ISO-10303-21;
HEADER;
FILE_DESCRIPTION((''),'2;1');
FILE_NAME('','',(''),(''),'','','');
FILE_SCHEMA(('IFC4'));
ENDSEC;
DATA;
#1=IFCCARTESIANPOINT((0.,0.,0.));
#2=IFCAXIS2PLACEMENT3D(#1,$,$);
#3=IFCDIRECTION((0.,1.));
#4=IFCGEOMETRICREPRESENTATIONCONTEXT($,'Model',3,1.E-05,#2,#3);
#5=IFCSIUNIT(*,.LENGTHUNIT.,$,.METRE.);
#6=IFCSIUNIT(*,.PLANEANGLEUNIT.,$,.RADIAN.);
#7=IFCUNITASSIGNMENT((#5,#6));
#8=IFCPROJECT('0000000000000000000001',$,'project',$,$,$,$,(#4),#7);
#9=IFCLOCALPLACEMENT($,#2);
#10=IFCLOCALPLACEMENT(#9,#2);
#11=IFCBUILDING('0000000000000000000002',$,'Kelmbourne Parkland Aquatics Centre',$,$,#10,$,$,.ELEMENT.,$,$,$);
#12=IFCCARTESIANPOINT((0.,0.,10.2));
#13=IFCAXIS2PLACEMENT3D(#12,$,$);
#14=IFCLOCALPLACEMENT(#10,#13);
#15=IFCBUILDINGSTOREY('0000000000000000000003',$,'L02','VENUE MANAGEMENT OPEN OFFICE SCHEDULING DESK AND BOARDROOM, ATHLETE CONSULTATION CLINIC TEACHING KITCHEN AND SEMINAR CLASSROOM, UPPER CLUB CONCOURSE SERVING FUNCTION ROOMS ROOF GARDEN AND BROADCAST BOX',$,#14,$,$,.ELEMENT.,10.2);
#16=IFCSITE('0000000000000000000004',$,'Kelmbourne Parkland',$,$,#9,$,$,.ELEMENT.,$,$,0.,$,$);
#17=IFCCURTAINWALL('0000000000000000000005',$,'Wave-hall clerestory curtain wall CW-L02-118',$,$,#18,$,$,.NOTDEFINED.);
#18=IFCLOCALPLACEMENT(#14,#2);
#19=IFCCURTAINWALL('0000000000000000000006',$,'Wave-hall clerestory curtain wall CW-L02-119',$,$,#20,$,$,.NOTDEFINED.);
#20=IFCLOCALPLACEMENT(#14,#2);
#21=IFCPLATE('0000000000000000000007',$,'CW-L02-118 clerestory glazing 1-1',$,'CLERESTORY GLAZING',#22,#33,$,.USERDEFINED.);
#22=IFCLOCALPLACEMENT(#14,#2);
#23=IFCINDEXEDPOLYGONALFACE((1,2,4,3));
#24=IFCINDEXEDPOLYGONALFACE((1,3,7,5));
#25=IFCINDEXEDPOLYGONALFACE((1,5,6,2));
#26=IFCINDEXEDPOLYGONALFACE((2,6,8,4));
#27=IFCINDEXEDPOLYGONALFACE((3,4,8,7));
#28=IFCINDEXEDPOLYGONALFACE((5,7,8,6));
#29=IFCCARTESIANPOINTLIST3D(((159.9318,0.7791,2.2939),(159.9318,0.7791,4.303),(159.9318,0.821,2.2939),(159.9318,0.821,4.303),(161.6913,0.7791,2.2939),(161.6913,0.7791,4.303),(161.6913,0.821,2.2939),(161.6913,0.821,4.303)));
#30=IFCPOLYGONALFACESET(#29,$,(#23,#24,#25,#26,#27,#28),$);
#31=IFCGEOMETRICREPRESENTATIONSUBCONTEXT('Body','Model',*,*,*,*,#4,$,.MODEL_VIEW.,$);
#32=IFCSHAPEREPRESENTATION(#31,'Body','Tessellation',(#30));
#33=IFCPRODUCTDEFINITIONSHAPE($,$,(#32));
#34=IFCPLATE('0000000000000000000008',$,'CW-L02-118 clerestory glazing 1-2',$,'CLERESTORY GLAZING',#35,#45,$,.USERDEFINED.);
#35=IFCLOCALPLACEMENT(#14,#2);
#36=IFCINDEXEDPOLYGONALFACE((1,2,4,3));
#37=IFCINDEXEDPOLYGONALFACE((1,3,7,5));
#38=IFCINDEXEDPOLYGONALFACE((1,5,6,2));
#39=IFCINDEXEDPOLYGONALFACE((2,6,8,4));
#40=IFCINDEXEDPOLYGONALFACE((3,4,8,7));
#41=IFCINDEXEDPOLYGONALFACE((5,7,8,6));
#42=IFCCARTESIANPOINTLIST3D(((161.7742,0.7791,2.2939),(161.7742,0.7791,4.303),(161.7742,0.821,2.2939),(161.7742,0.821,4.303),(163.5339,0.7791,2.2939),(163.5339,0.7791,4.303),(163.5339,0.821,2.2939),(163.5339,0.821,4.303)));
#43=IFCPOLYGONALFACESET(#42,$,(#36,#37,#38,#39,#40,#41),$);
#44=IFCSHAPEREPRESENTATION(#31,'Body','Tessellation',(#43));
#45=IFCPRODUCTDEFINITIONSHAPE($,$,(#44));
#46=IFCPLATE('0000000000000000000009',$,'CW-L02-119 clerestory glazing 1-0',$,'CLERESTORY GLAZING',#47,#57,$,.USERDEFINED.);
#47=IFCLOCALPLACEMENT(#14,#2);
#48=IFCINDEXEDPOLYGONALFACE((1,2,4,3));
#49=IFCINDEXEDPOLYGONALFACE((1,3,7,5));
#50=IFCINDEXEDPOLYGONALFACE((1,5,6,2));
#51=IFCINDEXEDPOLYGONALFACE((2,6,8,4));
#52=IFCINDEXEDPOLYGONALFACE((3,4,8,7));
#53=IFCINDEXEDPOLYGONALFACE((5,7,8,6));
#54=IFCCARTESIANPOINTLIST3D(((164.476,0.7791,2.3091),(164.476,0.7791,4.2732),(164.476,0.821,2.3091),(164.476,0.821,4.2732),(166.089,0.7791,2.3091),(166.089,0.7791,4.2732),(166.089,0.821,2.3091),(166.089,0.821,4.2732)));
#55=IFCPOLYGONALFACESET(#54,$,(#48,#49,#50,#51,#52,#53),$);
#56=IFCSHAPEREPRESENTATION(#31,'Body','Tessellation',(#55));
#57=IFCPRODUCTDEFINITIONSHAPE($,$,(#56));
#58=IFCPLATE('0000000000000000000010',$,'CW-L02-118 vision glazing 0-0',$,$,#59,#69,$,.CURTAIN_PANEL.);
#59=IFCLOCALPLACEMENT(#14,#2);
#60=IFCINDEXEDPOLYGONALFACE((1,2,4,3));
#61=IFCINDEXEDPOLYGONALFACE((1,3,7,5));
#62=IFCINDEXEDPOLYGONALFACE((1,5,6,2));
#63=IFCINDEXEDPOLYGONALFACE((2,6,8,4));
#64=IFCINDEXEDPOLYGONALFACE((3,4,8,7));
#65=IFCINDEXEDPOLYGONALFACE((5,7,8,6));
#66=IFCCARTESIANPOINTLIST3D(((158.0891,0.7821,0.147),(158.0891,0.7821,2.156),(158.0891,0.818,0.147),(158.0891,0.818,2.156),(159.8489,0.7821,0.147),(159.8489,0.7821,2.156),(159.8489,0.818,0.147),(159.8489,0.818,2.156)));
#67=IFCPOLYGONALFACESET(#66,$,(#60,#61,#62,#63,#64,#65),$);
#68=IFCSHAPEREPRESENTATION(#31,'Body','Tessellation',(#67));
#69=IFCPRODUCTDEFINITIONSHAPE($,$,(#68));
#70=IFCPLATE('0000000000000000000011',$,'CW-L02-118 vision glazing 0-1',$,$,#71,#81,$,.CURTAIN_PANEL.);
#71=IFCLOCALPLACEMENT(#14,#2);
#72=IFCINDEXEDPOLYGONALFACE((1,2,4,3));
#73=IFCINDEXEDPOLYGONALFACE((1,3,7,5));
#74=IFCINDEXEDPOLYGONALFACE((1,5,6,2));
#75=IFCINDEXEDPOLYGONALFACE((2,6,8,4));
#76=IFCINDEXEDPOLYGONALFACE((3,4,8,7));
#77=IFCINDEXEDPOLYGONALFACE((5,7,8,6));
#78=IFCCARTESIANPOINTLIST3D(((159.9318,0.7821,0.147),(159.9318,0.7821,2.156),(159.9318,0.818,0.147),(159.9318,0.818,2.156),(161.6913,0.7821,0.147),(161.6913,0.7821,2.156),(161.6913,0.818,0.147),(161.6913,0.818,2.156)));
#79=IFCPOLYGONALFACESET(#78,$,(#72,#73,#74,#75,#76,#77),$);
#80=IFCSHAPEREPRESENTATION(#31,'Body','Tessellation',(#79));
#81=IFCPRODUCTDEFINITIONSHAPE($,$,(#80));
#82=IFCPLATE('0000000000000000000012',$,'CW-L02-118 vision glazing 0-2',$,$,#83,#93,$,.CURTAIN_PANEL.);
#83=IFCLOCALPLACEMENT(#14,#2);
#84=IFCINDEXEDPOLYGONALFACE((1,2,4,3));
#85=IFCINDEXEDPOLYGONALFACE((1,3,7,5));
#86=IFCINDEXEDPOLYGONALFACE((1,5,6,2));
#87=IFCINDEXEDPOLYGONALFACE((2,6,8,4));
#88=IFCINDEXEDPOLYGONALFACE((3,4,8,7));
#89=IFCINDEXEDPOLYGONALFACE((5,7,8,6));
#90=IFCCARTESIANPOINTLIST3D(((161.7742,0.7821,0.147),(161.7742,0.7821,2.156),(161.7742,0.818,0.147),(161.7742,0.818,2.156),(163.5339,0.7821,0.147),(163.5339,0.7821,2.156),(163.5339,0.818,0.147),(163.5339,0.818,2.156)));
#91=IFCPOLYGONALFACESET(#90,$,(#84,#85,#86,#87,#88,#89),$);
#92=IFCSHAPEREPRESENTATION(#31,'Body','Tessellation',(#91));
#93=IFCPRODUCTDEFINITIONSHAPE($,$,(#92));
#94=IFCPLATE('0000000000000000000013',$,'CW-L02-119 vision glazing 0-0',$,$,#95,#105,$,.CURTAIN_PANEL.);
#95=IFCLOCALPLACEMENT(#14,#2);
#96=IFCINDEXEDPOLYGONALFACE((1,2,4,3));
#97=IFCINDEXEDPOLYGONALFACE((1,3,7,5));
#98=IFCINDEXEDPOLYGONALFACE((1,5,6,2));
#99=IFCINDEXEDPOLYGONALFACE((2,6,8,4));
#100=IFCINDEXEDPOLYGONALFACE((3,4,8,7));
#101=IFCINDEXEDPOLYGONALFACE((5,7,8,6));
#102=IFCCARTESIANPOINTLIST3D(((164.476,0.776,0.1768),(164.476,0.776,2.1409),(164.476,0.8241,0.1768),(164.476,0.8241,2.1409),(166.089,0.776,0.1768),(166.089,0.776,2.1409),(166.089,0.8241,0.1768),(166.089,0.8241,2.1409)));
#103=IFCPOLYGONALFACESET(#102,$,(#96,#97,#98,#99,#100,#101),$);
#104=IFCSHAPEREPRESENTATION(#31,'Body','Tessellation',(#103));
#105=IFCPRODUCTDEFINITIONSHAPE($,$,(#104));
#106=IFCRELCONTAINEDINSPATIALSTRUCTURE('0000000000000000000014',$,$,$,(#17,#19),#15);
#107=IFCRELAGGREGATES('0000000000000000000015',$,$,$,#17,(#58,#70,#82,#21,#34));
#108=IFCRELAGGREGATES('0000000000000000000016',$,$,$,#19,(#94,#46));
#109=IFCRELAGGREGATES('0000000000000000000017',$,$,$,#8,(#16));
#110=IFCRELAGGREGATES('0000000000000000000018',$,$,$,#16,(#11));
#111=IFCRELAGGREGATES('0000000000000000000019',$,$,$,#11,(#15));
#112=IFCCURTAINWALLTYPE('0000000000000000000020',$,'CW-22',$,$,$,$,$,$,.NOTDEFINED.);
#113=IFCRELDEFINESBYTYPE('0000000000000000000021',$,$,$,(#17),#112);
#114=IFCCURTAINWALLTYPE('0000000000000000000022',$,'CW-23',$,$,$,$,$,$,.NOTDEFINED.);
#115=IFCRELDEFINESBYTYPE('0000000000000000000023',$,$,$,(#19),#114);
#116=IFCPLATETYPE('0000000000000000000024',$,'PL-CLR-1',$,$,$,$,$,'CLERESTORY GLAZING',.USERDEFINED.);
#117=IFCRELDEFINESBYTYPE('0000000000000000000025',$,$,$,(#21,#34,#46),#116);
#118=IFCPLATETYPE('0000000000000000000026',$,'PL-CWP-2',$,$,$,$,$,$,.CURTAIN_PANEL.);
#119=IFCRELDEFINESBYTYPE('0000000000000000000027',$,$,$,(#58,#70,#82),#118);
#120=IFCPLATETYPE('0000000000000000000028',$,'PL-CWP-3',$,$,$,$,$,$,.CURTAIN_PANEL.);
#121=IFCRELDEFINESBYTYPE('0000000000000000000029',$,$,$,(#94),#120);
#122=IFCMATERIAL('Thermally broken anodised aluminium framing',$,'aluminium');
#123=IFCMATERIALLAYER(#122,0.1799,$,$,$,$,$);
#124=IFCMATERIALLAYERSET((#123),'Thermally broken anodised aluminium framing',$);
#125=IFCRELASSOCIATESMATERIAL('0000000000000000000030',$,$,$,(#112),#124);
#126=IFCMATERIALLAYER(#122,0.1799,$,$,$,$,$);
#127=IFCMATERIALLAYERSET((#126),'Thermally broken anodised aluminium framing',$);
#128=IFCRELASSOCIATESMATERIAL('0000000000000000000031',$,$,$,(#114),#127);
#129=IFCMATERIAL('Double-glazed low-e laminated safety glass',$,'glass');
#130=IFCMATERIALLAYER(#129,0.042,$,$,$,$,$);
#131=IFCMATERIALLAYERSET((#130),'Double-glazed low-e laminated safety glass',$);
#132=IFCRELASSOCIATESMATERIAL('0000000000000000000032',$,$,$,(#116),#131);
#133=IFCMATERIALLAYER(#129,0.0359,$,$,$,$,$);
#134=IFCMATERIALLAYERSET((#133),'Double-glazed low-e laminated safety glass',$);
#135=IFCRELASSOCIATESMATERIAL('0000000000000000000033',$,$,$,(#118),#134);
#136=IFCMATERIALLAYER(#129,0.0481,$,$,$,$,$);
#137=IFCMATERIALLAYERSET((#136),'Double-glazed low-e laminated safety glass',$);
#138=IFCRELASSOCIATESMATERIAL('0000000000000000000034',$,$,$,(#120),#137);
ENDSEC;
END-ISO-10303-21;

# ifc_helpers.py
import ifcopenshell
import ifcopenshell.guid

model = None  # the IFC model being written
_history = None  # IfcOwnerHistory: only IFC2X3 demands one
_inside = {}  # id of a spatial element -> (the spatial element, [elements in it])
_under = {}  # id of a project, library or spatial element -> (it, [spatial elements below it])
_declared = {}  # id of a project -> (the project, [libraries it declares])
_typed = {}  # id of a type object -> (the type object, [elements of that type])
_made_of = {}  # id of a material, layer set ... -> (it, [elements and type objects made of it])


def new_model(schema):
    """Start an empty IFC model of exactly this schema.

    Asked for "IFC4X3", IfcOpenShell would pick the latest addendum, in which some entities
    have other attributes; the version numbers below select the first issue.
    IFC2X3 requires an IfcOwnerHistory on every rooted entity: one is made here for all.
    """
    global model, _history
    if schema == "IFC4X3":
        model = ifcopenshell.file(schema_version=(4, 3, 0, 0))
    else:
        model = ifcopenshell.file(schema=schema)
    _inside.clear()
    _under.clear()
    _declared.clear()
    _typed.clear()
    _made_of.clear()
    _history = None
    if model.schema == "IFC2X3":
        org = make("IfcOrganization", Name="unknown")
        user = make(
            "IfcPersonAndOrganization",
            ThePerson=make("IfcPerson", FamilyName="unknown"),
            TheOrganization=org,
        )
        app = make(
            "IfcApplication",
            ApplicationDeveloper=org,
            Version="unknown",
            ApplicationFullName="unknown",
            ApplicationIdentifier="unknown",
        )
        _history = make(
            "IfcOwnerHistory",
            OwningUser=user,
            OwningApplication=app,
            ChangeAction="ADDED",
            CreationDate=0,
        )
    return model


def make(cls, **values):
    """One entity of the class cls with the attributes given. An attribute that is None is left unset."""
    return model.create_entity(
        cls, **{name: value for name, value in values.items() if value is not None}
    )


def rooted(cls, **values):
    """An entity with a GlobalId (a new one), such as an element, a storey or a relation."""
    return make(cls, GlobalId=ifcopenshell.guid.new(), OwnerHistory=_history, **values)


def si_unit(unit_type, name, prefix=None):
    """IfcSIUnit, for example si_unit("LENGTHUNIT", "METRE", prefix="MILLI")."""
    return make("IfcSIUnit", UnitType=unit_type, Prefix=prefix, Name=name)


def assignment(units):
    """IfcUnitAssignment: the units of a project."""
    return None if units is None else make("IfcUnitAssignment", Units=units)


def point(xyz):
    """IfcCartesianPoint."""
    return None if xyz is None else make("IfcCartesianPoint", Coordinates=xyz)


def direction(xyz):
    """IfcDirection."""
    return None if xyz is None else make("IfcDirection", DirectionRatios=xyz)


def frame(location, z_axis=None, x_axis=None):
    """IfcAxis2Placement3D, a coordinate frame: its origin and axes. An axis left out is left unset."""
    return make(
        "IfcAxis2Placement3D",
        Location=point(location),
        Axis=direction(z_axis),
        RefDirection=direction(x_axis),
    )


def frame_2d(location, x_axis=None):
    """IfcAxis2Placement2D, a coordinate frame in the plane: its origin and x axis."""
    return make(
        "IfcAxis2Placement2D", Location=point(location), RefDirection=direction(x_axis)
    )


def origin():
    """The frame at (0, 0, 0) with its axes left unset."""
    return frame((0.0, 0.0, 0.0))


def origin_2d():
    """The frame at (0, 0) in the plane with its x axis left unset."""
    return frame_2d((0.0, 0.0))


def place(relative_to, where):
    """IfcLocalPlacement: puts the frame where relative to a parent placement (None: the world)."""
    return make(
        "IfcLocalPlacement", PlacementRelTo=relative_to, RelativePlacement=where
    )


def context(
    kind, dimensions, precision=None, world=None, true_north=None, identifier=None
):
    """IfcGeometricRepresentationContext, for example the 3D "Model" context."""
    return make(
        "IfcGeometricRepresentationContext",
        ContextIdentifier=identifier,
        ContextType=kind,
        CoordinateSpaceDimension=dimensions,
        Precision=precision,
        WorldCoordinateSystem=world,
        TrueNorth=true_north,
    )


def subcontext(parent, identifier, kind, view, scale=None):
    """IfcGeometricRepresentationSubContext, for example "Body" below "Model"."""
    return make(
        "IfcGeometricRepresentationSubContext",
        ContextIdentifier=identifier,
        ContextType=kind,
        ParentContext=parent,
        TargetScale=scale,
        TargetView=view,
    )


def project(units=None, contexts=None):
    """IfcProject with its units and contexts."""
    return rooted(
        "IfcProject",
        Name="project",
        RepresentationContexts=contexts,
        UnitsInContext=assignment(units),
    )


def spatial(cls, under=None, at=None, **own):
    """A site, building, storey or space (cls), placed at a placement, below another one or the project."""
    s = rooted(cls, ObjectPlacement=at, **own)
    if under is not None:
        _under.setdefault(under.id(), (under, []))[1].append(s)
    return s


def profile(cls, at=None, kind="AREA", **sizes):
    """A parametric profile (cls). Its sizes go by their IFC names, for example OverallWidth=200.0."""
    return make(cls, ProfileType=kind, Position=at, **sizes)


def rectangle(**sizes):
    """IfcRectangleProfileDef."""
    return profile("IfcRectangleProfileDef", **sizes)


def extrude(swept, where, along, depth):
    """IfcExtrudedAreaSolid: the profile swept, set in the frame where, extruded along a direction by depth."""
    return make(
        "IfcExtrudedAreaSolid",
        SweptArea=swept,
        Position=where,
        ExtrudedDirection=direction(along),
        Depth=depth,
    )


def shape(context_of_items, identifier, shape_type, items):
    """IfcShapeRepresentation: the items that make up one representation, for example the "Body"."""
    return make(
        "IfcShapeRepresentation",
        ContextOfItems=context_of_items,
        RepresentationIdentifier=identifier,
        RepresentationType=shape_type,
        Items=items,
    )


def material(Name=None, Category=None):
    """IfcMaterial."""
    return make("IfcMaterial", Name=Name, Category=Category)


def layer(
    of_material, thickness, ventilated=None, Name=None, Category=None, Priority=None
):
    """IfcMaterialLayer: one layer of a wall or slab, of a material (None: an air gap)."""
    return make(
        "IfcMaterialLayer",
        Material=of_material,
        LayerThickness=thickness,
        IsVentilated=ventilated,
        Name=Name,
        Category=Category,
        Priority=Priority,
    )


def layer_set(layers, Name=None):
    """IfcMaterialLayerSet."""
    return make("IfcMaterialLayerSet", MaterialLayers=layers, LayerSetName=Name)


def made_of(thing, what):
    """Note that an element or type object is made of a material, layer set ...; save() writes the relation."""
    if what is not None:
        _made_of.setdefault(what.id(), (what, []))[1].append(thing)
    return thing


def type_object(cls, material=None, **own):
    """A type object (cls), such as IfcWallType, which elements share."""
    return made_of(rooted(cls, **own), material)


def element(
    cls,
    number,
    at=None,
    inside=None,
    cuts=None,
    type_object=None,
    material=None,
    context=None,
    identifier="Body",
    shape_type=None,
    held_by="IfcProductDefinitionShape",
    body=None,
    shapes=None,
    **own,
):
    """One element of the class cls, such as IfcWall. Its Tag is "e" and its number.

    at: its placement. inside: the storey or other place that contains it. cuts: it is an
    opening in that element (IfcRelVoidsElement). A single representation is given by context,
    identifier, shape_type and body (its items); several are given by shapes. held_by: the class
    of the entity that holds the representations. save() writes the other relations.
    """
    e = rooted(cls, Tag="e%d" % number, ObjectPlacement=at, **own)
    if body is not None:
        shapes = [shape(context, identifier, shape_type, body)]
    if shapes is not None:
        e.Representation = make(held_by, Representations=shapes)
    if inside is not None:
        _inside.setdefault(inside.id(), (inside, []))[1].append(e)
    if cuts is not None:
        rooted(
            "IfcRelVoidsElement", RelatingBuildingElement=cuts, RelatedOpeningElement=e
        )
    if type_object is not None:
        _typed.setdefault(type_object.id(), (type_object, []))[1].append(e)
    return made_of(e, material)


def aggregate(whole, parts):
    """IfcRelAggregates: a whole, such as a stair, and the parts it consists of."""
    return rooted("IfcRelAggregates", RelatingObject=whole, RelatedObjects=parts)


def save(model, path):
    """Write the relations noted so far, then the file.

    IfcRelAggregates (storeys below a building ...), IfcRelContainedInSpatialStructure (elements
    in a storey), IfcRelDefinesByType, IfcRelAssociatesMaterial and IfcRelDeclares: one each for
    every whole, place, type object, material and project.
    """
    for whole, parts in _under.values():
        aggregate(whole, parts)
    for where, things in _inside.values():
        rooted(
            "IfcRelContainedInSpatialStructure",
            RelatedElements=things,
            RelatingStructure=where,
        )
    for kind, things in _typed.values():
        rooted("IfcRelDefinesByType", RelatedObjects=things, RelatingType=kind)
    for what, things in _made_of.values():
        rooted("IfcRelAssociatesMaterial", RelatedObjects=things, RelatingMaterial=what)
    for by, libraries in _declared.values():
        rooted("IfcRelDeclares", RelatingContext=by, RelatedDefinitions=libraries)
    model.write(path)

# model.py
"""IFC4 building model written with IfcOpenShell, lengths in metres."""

from ifc_helpers import new_model, si_unit, direction, frame, origin, origin_2d, place, context, subcontext, project, spatial, rectangle, extrude, material, layer, layer_set, type_object, element, aggregate, save


model = new_model("IFC4")

# Units and contexts
model_context = context("Model", 3, precision=1e-05, world=origin(), true_north=direction((0.0, 1.0)))
body_context = subcontext(model_context, "Body", "Model", "MODEL_VIEW")
ifc_project = project(units=[si_unit("LENGTHUNIT", "METRE"), si_unit("PLANEANGLEUNIT", "RADIAN")], contexts=[model_context])

# Site, building, storey
site_placement = place(None, origin())
site = spatial("IfcSite", under=ifc_project, at=site_placement, Name="Kelmbourne Parkland", CompositionType="ELEMENT", RefElevation=0.0)
building_placement = place(site_placement, origin())
building = spatial("IfcBuilding", under=site, at=building_placement, Name="Kelmbourne Parkland Aquatics Centre", CompositionType="ELEMENT")
storey_placement = place(building_placement, frame((0.0, 0.0, 10.2)))
storey = spatial("IfcBuildingStorey", under=building, at=storey_placement, Name="L02", Description="VENUE MANAGEMENT OPEN OFFICE SCHEDULING DESK AND BOARDROOM, ATHLETE CONSULTATION CLINIC TEACHING KITCHEN AND SEMINAR CLASSROOM, UPPER CLUB CONCOURSE SERVING FUNCTION ROOMS ROOF GARDEN AND BROADCAST BOX", CompositionType="ELEMENT", Elevation=10.2)

# Shared definitions
ifc_material_1 = material(Name="Thermally broken anodised aluminium framing", Category="aluminium")

# Curtain walls
ifc_layer_1 = layer(ifc_material_1, 0.1799)
ifc_layer_set_1 = layer_set([ifc_layer_1], Name="Thermally broken anodised aluminium framing")
curtain_wall_type_1 = type_object("IfcCurtainWallType", Name="CW-22", PredefinedType="NOTDEFINED", material=ifc_layer_set_1)
curtain_wall_1_placement = place(storey_placement, origin())
curtain_wall_1 = element("IfcCurtainWall", 1, at=curtain_wall_1_placement, inside=storey, type_object=curtain_wall_type_1, Name="Wave-hall clerestory curtain wall CW-L02-118", PredefinedType="NOTDEFINED")
ifc_layer_2 = layer(ifc_material_1, 0.1799)
ifc_layer_set_2 = layer_set([ifc_layer_2], Name="Thermally broken anodised aluminium framing")
curtain_wall_type_2 = type_object("IfcCurtainWallType", Name="CW-23", PredefinedType="NOTDEFINED", material=ifc_layer_set_2)
curtain_wall_2_placement = place(storey_placement, origin())
curtain_wall_2 = element("IfcCurtainWall", 2, at=curtain_wall_2_placement, inside=storey, type_object=curtain_wall_type_2, Name="Wave-hall clerestory curtain wall CW-L02-119", PredefinedType="NOTDEFINED")

# Plates
ifc_material_2 = material(Name="Double-glazed low-e laminated safety glass", Category="glass")
ifc_layer_3 = layer(ifc_material_2, 0.042)
ifc_layer_set_3 = layer_set([ifc_layer_3], Name="Double-glazed low-e laminated safety glass")
plate_type_1 = type_object("IfcPlateType", Name="PL-CLR-1", ElementType="CLERESTORY GLAZING", PredefinedType="USERDEFINED", material=ifc_layer_set_3)
plate_1_placement = place(storey_placement, frame((160.8115, 0.8, 2.2939), z_axis=(0.0, 0.0, 1.0), x_axis=(1.0, 0.0, 0.0)))
plate_1 = element("IfcPlate", 3, at=plate_1_placement, type_object=plate_type_1, Name="CW-L02-118 clerestory glazing 1-1", ObjectType="CLERESTORY GLAZING", PredefinedType="USERDEFINED", context=body_context, shape_type="SweptSolid", body=[
    extrude(rectangle(XDim=1.7595, YDim=0.042, at=origin_2d()), origin(), (0.0, 0.0, 1.0), 2.009),
])
plate_2_placement = place(storey_placement, frame((162.6541, 0.8, 2.2939), z_axis=(0.0, 0.0, 1.0), x_axis=(1.0, 0.0, 0.0)))
plate_2 = element("IfcPlate", 4, at=plate_2_placement, type_object=plate_type_1, Name="CW-L02-118 clerestory glazing 1-2", ObjectType="CLERESTORY GLAZING", PredefinedType="USERDEFINED", context=body_context, shape_type="SweptSolid", body=[
    extrude(rectangle(XDim=1.7598, YDim=0.042, at=origin_2d()), origin(), (0.0, 0.0, 1.0), 2.009),
])
plate_3_placement = place(storey_placement, frame((165.2825, 0.8, 2.3091), z_axis=(0.0, 0.0, 1.0), x_axis=(1.0, 0.0, 0.0)))
plate_3 = element("IfcPlate", 5, at=plate_3_placement, type_object=plate_type_1, Name="CW-L02-119 clerestory glazing 1-0", ObjectType="CLERESTORY GLAZING", PredefinedType="USERDEFINED", context=body_context, shape_type="SweptSolid", body=[
    extrude(rectangle(XDim=1.613, YDim=0.042, at=origin_2d()), origin(), (0.0, 0.0, 1.0), 1.9641),
])
ifc_layer_4 = layer(ifc_material_2, 0.0359)
ifc_layer_set_4 = layer_set([ifc_layer_4], Name="Double-glazed low-e laminated safety glass")
plate_type_2 = type_object("IfcPlateType", Name="PL-CWP-2", PredefinedType="CURTAIN_PANEL", material=ifc_layer_set_4)
plate_4_placement = place(storey_placement, frame((158.969, 0.8, 0.147), z_axis=(0.0, 0.0, 1.0), x_axis=(1.0, 0.0, 0.0)))
plate_4 = element("IfcPlate", 6, at=plate_4_placement, type_object=plate_type_2, Name="CW-L02-118 vision glazing 0-0", PredefinedType="CURTAIN_PANEL", context=body_context, shape_type="SweptSolid", body=[
    extrude(rectangle(XDim=1.7598, YDim=0.0359, at=origin_2d()), origin(), (0.0, 0.0, 1.0), 2.009),
])
plate_5_placement = place(storey_placement, frame((160.8115, 0.8, 0.147), z_axis=(0.0, 0.0, 1.0), x_axis=(1.0, 0.0, 0.0)))
plate_5 = element("IfcPlate", 7, at=plate_5_placement, type_object=plate_type_2, Name="CW-L02-118 vision glazing 0-1", PredefinedType="CURTAIN_PANEL", context=body_context, shape_type="SweptSolid", body=[
    extrude(rectangle(XDim=1.7595, YDim=0.0359, at=origin_2d()), origin(), (0.0, 0.0, 1.0), 2.009),
])
plate_6_placement = place(storey_placement, frame((162.6541, 0.8, 0.147), z_axis=(0.0, 0.0, 1.0), x_axis=(1.0, 0.0, 0.0)))
plate_6 = element("IfcPlate", 8, at=plate_6_placement, type_object=plate_type_2, Name="CW-L02-118 vision glazing 0-2", PredefinedType="CURTAIN_PANEL", context=body_context, shape_type="SweptSolid", body=[
    extrude(rectangle(XDim=1.7598, YDim=0.0359, at=origin_2d()), origin(), (0.0, 0.0, 1.0), 2.009),
])
aggregate(curtain_wall_1, [plate_4, plate_5, plate_6, plate_1, plate_2])
ifc_layer_5 = layer(ifc_material_2, 0.0481)
ifc_layer_set_5 = layer_set([ifc_layer_5], Name="Double-glazed low-e laminated safety glass")
plate_type_3 = type_object("IfcPlateType", Name="PL-CWP-3", PredefinedType="CURTAIN_PANEL", material=ifc_layer_set_5)
plate_7_placement = place(storey_placement, frame((165.2825, 0.8, 0.1768), z_axis=(0.0, 0.0, 1.0), x_axis=(1.0, 0.0, 0.0)))
plate_7 = element("IfcPlate", 9, at=plate_7_placement, type_object=plate_type_3, Name="CW-L02-119 vision glazing 0-0", PredefinedType="CURTAIN_PANEL", context=body_context, shape_type="SweptSolid", body=[
    extrude(rectangle(XDim=1.613, YDim=0.0481, at=origin_2d()), origin(), (0.0, 0.0, 1.0), 1.9641),
])
aggregate(curtain_wall_2, [plate_7, plate_3])

save(model, "model.ifc")
